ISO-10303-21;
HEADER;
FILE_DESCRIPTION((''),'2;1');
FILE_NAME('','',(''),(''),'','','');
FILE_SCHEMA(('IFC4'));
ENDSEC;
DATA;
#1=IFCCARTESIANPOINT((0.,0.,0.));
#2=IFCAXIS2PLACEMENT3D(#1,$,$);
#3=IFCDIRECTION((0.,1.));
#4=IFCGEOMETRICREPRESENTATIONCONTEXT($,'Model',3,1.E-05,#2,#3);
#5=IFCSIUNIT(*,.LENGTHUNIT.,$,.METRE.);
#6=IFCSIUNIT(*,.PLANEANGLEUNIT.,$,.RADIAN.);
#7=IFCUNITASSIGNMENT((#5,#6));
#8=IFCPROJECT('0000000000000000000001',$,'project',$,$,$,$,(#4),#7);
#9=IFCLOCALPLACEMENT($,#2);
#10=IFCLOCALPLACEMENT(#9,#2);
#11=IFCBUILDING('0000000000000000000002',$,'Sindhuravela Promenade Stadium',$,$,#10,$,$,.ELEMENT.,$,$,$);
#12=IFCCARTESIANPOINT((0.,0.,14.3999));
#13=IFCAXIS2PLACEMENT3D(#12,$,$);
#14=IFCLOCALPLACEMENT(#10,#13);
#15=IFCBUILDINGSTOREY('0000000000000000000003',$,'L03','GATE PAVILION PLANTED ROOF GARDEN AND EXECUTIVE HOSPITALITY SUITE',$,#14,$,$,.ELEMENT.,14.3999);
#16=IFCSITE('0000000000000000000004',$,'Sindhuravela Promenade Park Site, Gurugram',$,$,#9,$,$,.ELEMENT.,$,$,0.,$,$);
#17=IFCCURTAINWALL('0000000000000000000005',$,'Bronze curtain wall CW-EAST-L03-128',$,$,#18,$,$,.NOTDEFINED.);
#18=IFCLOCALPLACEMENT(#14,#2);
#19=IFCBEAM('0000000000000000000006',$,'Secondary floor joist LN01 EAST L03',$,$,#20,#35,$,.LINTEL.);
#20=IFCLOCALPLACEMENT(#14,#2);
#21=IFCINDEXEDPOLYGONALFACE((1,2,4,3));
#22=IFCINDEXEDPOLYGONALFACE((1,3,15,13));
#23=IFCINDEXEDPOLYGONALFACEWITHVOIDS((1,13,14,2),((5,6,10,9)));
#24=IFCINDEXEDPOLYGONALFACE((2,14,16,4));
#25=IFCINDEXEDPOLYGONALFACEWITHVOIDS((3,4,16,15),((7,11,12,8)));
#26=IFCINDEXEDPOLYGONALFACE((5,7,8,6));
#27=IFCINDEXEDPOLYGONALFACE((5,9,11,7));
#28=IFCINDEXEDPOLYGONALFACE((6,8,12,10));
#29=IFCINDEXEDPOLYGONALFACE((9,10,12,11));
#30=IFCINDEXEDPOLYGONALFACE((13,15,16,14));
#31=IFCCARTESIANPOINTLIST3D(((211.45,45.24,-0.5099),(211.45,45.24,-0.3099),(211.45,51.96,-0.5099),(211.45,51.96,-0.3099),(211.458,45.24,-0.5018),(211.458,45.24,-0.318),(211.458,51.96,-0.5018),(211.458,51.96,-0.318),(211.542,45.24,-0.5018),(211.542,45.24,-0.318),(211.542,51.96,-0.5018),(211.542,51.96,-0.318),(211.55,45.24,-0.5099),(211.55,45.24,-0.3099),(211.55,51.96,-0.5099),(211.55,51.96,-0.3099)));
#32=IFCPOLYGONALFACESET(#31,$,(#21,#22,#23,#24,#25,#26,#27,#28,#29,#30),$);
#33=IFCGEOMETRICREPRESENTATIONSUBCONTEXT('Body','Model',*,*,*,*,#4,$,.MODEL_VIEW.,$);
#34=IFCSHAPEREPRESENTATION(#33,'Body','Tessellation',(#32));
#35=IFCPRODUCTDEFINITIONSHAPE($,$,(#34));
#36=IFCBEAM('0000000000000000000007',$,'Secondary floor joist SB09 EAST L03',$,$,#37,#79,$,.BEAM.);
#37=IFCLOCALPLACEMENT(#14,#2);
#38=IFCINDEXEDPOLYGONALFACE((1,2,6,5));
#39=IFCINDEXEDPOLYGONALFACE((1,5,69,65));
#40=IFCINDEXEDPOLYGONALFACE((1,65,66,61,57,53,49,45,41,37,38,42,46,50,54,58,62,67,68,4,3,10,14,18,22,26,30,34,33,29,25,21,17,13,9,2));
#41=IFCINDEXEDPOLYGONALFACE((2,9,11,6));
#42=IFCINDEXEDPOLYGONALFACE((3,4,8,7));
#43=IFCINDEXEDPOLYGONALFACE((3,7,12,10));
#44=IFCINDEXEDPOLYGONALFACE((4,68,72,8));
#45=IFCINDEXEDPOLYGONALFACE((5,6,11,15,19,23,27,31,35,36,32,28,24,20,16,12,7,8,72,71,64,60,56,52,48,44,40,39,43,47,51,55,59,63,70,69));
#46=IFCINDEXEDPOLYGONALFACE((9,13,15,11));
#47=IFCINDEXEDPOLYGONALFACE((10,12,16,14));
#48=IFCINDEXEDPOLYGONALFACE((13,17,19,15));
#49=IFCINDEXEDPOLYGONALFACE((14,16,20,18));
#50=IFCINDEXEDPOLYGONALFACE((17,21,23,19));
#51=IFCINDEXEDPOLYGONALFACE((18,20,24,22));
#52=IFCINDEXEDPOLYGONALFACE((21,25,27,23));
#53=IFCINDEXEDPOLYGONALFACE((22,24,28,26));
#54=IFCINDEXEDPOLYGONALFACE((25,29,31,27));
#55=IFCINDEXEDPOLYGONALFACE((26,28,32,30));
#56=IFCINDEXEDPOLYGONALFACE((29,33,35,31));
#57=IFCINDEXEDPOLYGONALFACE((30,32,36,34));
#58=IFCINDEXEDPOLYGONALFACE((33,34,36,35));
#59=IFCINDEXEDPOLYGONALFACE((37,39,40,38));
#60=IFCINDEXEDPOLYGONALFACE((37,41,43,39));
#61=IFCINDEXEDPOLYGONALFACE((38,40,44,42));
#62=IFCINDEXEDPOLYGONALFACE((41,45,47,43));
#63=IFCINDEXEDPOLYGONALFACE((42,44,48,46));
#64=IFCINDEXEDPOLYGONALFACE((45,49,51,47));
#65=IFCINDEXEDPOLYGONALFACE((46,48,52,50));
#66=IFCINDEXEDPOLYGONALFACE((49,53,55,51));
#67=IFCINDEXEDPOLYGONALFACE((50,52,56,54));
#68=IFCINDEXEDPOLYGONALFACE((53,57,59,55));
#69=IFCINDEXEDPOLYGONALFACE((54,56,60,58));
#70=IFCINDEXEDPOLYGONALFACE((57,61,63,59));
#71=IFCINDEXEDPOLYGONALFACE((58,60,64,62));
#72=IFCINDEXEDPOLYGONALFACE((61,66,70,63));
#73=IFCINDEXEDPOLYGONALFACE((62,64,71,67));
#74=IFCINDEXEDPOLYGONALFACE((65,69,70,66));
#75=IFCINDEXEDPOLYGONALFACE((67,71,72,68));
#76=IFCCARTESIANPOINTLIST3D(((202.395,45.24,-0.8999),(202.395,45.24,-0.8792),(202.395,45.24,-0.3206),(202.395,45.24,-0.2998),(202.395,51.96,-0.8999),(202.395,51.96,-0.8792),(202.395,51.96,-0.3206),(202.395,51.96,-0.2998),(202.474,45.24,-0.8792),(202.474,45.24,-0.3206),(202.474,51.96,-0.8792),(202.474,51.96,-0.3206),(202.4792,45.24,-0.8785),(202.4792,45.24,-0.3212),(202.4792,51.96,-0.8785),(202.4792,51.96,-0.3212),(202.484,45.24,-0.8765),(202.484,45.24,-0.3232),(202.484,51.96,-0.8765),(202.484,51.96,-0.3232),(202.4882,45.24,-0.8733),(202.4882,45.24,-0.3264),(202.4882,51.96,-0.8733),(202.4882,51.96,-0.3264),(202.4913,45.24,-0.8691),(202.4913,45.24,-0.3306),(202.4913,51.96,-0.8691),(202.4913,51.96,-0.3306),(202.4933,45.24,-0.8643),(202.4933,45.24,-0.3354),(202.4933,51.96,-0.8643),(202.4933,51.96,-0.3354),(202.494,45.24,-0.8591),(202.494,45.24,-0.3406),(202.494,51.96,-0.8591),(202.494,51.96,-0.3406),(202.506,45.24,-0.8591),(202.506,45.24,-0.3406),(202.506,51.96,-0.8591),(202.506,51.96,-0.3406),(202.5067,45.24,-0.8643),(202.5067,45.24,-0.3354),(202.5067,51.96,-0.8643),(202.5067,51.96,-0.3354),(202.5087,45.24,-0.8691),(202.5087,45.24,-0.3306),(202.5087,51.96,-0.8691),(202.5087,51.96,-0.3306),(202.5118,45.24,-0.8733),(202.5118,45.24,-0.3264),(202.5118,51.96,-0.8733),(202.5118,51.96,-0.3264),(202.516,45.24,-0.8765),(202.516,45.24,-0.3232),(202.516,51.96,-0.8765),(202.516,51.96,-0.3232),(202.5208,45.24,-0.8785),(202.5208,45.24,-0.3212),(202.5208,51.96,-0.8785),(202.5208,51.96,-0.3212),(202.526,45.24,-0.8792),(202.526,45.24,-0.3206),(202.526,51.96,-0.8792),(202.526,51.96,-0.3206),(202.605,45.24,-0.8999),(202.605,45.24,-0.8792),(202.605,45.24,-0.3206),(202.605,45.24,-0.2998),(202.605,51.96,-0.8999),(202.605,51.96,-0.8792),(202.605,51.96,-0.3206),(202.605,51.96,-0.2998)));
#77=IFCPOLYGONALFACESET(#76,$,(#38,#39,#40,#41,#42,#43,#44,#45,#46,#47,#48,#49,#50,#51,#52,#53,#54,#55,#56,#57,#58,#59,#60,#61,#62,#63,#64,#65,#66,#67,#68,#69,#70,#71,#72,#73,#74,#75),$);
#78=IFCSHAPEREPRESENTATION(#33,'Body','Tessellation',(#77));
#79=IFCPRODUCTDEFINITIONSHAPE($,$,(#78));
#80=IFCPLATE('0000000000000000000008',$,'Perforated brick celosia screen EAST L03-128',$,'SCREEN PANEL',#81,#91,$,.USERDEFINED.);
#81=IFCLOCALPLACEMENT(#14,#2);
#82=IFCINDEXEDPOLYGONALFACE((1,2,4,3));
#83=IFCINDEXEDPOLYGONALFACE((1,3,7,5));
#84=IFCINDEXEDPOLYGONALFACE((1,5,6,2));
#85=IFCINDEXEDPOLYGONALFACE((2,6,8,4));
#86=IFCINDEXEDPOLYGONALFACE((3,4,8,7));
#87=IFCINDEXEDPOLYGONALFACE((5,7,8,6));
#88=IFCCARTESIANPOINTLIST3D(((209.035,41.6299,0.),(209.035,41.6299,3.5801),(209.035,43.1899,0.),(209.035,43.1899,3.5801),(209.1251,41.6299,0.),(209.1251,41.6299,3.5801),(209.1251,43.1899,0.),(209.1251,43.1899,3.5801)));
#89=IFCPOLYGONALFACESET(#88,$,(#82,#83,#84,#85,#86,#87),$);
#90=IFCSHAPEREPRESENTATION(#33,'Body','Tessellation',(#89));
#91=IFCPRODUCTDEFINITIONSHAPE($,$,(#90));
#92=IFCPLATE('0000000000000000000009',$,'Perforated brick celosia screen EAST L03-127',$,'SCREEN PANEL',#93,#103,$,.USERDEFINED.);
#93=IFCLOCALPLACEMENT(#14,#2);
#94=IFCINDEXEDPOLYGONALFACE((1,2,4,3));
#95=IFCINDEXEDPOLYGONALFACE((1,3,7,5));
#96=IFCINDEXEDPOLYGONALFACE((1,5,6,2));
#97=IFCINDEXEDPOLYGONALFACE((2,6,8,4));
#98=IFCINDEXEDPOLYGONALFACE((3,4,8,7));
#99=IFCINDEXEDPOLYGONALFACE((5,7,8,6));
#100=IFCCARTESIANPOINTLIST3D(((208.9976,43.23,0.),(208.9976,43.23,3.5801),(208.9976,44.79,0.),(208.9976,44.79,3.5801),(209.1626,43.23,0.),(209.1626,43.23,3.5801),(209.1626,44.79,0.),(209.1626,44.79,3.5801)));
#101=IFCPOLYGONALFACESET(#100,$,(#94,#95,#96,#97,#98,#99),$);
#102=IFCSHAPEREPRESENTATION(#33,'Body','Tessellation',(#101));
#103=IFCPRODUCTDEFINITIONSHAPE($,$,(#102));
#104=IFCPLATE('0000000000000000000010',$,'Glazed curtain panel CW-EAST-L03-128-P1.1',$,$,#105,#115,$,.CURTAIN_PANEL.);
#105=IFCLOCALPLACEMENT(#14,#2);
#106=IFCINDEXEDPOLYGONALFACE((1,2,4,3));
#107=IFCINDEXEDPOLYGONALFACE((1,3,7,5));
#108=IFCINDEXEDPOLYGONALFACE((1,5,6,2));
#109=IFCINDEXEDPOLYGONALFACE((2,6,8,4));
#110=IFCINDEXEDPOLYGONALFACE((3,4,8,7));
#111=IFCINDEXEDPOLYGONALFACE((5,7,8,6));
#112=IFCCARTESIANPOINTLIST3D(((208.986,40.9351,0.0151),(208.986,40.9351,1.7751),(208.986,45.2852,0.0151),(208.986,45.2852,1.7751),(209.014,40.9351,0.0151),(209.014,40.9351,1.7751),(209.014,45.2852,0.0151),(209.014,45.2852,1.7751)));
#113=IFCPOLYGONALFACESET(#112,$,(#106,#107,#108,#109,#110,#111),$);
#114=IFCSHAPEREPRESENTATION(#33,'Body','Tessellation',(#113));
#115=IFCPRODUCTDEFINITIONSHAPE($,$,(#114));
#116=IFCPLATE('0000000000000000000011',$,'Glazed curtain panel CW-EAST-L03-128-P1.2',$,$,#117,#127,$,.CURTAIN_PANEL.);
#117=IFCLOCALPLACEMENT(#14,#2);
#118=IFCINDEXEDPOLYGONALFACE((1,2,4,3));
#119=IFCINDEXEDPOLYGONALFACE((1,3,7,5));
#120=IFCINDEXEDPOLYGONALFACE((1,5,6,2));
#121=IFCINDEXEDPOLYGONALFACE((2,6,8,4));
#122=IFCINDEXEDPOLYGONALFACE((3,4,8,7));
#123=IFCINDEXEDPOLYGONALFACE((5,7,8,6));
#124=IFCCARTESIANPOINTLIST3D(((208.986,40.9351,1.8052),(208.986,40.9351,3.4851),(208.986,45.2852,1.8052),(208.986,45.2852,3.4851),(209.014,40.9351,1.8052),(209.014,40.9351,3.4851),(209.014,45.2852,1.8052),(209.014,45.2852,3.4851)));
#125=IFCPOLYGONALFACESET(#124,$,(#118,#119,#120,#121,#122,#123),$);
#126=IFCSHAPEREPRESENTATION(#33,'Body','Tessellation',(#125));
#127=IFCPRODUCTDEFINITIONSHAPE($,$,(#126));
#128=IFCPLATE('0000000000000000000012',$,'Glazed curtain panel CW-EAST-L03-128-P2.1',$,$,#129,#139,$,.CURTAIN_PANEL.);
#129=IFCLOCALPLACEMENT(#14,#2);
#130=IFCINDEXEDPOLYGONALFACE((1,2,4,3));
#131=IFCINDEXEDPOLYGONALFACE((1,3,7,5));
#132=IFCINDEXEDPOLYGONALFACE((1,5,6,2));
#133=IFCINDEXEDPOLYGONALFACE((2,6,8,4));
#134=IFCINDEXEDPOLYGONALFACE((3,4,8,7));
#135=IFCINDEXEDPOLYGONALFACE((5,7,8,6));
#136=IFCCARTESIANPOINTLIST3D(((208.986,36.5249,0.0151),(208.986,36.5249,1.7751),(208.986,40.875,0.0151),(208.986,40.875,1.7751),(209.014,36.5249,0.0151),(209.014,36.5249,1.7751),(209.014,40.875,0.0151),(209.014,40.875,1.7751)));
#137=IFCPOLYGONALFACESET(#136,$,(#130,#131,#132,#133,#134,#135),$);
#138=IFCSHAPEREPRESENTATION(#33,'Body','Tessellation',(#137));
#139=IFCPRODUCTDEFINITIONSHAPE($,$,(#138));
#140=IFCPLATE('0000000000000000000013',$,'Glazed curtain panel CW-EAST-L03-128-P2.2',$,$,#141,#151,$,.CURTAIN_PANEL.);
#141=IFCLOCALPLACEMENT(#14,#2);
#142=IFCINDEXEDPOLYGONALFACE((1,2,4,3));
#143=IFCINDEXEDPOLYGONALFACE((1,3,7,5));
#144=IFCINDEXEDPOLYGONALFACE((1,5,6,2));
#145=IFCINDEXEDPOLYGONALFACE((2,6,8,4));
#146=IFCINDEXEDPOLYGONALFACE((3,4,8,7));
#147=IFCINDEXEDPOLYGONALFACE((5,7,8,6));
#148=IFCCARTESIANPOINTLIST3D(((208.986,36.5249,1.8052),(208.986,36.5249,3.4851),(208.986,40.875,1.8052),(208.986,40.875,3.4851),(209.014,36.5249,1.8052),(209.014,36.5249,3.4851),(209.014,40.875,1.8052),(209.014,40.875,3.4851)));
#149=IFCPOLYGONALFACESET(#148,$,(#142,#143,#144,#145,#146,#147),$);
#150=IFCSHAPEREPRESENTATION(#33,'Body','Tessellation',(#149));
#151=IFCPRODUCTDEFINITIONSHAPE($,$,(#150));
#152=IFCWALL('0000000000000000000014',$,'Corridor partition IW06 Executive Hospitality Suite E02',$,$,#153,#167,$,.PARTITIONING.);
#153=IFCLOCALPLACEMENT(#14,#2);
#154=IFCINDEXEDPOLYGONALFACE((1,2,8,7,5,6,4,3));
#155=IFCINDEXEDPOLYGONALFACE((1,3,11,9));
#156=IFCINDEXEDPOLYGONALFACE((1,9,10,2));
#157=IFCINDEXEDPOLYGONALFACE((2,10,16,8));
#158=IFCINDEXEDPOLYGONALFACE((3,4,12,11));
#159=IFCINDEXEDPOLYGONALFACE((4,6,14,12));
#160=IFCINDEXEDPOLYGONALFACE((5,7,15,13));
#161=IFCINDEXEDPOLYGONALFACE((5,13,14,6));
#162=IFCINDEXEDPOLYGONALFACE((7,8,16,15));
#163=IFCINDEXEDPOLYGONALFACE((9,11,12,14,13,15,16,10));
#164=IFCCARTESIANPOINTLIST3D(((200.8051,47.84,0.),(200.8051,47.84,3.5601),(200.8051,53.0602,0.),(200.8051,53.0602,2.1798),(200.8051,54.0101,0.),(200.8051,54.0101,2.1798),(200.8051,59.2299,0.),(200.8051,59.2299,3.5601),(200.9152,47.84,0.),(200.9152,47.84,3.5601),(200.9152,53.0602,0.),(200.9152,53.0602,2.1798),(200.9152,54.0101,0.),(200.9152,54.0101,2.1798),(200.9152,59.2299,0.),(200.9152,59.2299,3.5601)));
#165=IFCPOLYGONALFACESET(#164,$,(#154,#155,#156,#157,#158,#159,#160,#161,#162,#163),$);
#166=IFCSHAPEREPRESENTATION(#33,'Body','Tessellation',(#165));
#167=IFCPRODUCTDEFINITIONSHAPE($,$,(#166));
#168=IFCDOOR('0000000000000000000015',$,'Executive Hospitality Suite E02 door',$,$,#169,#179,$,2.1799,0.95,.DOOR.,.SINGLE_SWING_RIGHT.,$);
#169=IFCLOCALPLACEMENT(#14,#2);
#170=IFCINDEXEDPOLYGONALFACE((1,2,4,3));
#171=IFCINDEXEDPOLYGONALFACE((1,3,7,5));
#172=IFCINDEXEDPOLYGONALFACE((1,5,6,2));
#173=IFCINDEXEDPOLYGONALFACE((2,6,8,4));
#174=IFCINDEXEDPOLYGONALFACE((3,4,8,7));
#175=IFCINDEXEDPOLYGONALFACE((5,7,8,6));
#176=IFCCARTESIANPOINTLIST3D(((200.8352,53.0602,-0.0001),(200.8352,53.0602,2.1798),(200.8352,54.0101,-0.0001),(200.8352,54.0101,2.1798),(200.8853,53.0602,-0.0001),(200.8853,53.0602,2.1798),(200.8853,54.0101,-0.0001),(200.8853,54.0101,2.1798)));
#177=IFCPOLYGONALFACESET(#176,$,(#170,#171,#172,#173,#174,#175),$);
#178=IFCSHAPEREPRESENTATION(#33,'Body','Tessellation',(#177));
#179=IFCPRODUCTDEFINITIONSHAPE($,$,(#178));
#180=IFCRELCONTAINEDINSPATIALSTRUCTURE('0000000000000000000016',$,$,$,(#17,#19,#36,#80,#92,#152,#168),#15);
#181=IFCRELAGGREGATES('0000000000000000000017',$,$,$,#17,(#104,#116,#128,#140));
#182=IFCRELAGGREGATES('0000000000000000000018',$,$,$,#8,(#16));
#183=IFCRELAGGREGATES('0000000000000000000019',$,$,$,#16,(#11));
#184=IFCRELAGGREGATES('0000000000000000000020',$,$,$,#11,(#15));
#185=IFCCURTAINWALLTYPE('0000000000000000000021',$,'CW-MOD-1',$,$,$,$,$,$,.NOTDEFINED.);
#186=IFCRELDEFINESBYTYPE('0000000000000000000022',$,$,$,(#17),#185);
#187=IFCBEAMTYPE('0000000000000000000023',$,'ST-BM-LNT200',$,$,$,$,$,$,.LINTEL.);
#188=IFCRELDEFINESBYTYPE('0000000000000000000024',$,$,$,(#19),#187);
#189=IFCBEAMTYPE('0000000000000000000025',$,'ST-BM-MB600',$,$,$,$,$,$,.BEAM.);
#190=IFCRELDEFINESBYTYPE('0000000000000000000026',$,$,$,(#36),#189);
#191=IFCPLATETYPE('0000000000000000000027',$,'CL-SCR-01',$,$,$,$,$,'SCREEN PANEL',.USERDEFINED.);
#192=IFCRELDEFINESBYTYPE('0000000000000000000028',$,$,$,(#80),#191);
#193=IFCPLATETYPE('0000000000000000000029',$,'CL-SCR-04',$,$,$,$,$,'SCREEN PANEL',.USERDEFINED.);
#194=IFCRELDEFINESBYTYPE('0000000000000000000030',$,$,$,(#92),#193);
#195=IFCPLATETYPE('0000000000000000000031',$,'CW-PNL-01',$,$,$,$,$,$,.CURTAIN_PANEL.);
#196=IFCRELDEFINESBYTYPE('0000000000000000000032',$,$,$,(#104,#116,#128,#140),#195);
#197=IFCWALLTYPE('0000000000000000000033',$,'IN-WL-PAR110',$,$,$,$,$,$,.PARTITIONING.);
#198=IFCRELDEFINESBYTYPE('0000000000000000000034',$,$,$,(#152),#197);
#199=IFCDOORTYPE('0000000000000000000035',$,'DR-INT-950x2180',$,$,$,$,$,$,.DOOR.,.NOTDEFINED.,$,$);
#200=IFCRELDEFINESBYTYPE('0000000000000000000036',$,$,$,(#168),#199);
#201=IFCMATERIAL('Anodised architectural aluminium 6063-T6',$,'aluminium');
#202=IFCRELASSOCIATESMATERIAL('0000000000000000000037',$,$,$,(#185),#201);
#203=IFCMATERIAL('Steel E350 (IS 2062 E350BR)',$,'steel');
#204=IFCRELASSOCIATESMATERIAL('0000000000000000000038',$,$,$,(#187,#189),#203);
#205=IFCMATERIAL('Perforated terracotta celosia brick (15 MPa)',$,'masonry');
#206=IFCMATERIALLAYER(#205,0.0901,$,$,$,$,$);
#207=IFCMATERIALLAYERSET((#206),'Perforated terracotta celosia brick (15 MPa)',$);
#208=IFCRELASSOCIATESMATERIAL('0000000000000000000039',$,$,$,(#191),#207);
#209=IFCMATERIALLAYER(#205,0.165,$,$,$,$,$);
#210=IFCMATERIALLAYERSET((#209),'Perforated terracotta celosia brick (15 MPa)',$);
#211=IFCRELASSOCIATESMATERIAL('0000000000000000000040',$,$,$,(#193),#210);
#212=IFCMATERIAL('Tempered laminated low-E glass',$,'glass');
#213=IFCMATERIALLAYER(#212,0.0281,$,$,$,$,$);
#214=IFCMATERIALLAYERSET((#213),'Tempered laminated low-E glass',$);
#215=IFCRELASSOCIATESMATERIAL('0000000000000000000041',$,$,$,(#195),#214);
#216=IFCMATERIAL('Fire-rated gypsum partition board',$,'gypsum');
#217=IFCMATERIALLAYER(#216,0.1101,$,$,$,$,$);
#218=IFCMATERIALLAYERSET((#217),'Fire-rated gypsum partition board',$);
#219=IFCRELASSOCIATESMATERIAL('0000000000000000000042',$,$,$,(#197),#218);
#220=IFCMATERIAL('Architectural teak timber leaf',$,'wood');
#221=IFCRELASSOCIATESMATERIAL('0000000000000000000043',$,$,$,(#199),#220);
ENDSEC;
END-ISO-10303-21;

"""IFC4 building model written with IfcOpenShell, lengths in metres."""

from ifc_helpers import new_model, si_unit, direction, frame, frame_2d, origin, origin_2d, place, context, subcontext, project, spatial, rectangle, hollow_rectangle, i_section, extrude, material, layer, layer_set, material_profile, profile_set, type_object, element, fill, aggregate, save


model = new_model("IFC4")

# Units and contexts
model_context = context("Model", 3, precision=1e-05, world=origin(), true_north=direction((0.0, 1.0)))
body_context = subcontext(model_context, "Body", "Model", "MODEL_VIEW")
ifc_project = project(units=[si_unit("LENGTHUNIT", "METRE"), si_unit("PLANEANGLEUNIT", "RADIAN")], contexts=[model_context])

# Site, building, storey
site_placement = place(None, origin())
site = spatial("IfcSite", under=ifc_project, at=site_placement, Name="Sindhuravela Promenade Park Site, Gurugram", CompositionType="ELEMENT", RefElevation=0.0)
building_placement = place(site_placement, origin())
building = spatial("IfcBuilding", under=site, at=building_placement, Name="Sindhuravela Promenade Stadium", CompositionType="ELEMENT")
storey_placement = place(building_placement, frame((0.0, 0.0, 14.3999)))
storey = spatial("IfcBuildingStorey", under=building, at=storey_placement, Name="L03", Description="GATE PAVILION PLANTED ROOF GARDEN AND EXECUTIVE HOSPITALITY SUITE", CompositionType="ELEMENT", Elevation=14.3999)

# Curtain wall
ifc_material_1 = material(Name="Anodised architectural aluminium 6063-T6", Category="aluminium")
curtain_wall_type = type_object("IfcCurtainWallType", Name="CW-MOD-1", PredefinedType="NOTDEFINED", material=ifc_material_1)
curtain_wall_placement = place(storey_placement, origin())
curtain_wall = element("IfcCurtainWall", 1, at=curtain_wall_placement, inside=storey, type_object=curtain_wall_type, Name="Bronze curtain wall CW-EAST-L03-128", PredefinedType="NOTDEFINED")

# Beams
ifc_material_2 = material(Name="Steel E350 (IS 2062 E350BR)", Category="steel")
ifc_material_profile_1 = material_profile(ifc_material_2, hollow_rectangle(XDim=0.1001, YDim=0.2, WallThickness=0.0081, at=origin_2d()), Name="RHS 200x100x8")
ifc_profile_set_1 = profile_set([ifc_material_profile_1], Name="Steel E350 (IS 2062 E350BR)")
beam_type_1 = type_object("IfcBeamType", Name="ST-BM-LNT200", PredefinedType="LINTEL", material=ifc_profile_set_1)
beam_1_placement = place(storey_placement, frame((211.5, 45.24, -0.4099), z_axis=(0.0, 1.0, 0.0), x_axis=(-1.0, 0.0, 0.0)))
element("IfcBeam", 2, at=beam_1_placement, inside=storey, type_object=beam_type_1, Name="Secondary floor joist LN01 EAST L03", PredefinedType="LINTEL", context=body_context, shape_type="SweptSolid", body=[
    extrude(hollow_rectangle(XDim=0.1001, YDim=0.2, WallThickness=0.0081, at=origin_2d()), origin(), (0.0, 0.0, 1.0), 6.72),
])
ifc_material_profile_2 = material_profile(ifc_material_2, i_section(OverallWidth=0.21, OverallDepth=0.6001, WebThickness=0.012, FlangeThickness=0.0208, FilletRadius=0.02, at=origin_2d()), Name="ISMB 600")
ifc_profile_set_2 = profile_set([ifc_material_profile_2], Name="Steel E350 (IS 2062 E350BR)")
beam_type_2 = type_object("IfcBeamType", Name="ST-BM-MB600", PredefinedType="BEAM", material=ifc_profile_set_2)
beam_2_placement = place(storey_placement, frame((202.5, 45.24, -0.5999), z_axis=(0.0, 1.0, 0.0), x_axis=(-1.0, 0.0, 0.0)))
element("IfcBeam", 3, at=beam_2_placement, inside=storey, type_object=beam_type_2, Name="Secondary floor joist SB09 EAST L03", PredefinedType="BEAM", context=body_context, shape_type="SweptSolid", body=[
    extrude(i_section(OverallWidth=0.21, OverallDepth=0.6001, WebThickness=0.012, FlangeThickness=0.0208, FilletRadius=0.02, at=origin_2d()), origin(), (0.0, 0.0, 1.0), 6.72),
])

# Plates
ifc_material_3 = material(Name="Perforated terracotta celosia brick (15 MPa)", Category="masonry")
ifc_layer_1 = layer(ifc_material_3, 0.0901)
ifc_layer_set_1 = layer_set([ifc_layer_1], Name="Perforated terracotta celosia brick (15 MPa)")
plate_type_1 = type_object("IfcPlateType", Name="CL-SCR-01", ElementType="SCREEN PANEL", PredefinedType="USERDEFINED", material=ifc_layer_set_1)
plate_1_placement = place(storey_placement, frame((209.0801, 42.4099, 0.0), z_axis=(0.0, 0.0, 1.0), x_axis=(0.0, -1.0, 0.0)))
element("IfcPlate", 4, at=plate_1_placement, inside=storey, type_object=plate_type_1, Name="Perforated brick celosia screen EAST L03-128", ObjectType="SCREEN PANEL", PredefinedType="USERDEFINED", context=body_context, shape_type="SweptSolid", body=[
    extrude(rectangle(XDim=1.5601, YDim=0.0901, at=origin_2d()), origin(), (0.0, 0.0, 1.0), 3.5801),
])
ifc_layer_2 = layer(ifc_material_3, 0.165)
ifc_layer_set_2 = layer_set([ifc_layer_2], Name="Perforated terracotta celosia brick (15 MPa)")
plate_type_2 = type_object("IfcPlateType", Name="CL-SCR-04", ElementType="SCREEN PANEL", PredefinedType="USERDEFINED", material=ifc_layer_set_2)
plate_2_placement = place(storey_placement, frame((209.0801, 44.01, 0.0), z_axis=(0.0, 0.0, 1.0), x_axis=(0.0, -1.0, 0.0)))
element("IfcPlate", 5, at=plate_2_placement, inside=storey, type_object=plate_type_2, Name="Perforated brick celosia screen EAST L03-127", ObjectType="SCREEN PANEL", PredefinedType="USERDEFINED", context=body_context, shape_type="SweptSolid", body=[
    extrude(rectangle(XDim=1.5601, YDim=0.165, at=origin_2d()), origin(), (0.0, 0.0, 1.0), 3.5801),
])

# Plates
ifc_material_4 = material(Name="Tempered laminated low-E glass", Category="glass")
ifc_layer_3 = layer(ifc_material_4, 0.0281)
ifc_layer_set_3 = layer_set([ifc_layer_3], Name="Tempered laminated low-E glass")
plate_type_3 = type_object("IfcPlateType", Name="CW-PNL-01", PredefinedType="CURTAIN_PANEL", material=ifc_layer_set_3)
plate_3_placement = place(storey_placement, frame((209.0, 43.1101, 0.0151), z_axis=(0.0, 0.0, 1.0), x_axis=(0.0, -1.0, 0.0)))
plate_3 = element("IfcPlate", 6, at=plate_3_placement, type_object=plate_type_3, Name="Glazed curtain panel CW-EAST-L03-128-P1.1", PredefinedType="CURTAIN_PANEL", context=body_context, shape_type="SweptSolid", body=[
    extrude(rectangle(XDim=4.3501, YDim=0.0281, at=origin_2d()), origin(), (0.0, 0.0, 1.0), 1.76),
])
plate_4_placement = place(storey_placement, frame((209.0, 43.1101, 1.8052), z_axis=(0.0, 0.0, 1.0), x_axis=(0.0, -1.0, 0.0)))
plate_4 = element("IfcPlate", 7, at=plate_4_placement, type_object=plate_type_3, Name="Glazed curtain panel CW-EAST-L03-128-P1.2", PredefinedType="CURTAIN_PANEL", context=body_context, shape_type="SweptSolid", body=[
    extrude(rectangle(XDim=4.3501, YDim=0.0281, at=origin_2d()), origin(), (0.0, 0.0, 1.0), 1.6799),
])
plate_5_placement = place(storey_placement, frame((209.0, 38.7, 0.0151), z_axis=(0.0, 0.0, 1.0), x_axis=(0.0, -1.0, 0.0)))
plate_5 = element("IfcPlate", 8, at=plate_5_placement, type_object=plate_type_3, Name="Glazed curtain panel CW-EAST-L03-128-P2.1", PredefinedType="CURTAIN_PANEL", context=body_context, shape_type="SweptSolid", body=[
    extrude(rectangle(XDim=4.3501, YDim=0.0281, at=origin_2d()), origin(), (0.0, 0.0, 1.0), 1.76),
])
plate_6_placement = place(storey_placement, frame((209.0, 38.7, 1.8052), z_axis=(0.0, 0.0, 1.0), x_axis=(0.0, -1.0, 0.0)))
plate_6 = element("IfcPlate", 9, at=plate_6_placement, type_object=plate_type_3, Name="Glazed curtain panel CW-EAST-L03-128-P2.2", PredefinedType="CURTAIN_PANEL", context=body_context, shape_type="SweptSolid", body=[
    extrude(rectangle(XDim=4.3501, YDim=0.0281, at=origin_2d()), origin(), (0.0, 0.0, 1.0), 1.6799),
])
aggregate(curtain_wall, [plate_3, plate_4, plate_5, plate_6])

# Wall, opening, door
ifc_material_5 = material(Name="Fire-rated gypsum partition board", Category="gypsum")
ifc_layer_4 = layer(ifc_material_5, 0.1101)
ifc_layer_set_4 = layer_set([ifc_layer_4], Name="Fire-rated gypsum partition board")
wall_type_1 = type_object("IfcWallType", Name="IN-WL-PAR110", PredefinedType="PARTITIONING", material=ifc_layer_set_4)
wall_1_placement = place(storey_placement, frame((200.8601, 47.8401, 0.0), z_axis=(0.0, 0.0, 1.0), x_axis=(0.0, 1.0, 0.0)))
wall_1 = element("IfcWall", 10, at=wall_1_placement, inside=storey, type_object=wall_type_1, Name="Corridor partition IW06 Executive Hospitality Suite E02", PredefinedType="PARTITIONING", context=body_context, shape_type="SweptSolid", body=[
    extrude(rectangle(XDim=11.3899, YDim=0.1101, at=frame_2d((5.6948, 0.0))), origin(), (0.0, 0.0, 1.0), 3.5601),
])
opening_1_placement = place(wall_1_placement, frame((5.22, 0.0, 0.0)))
opening_1 = element("IfcOpeningElement", 11, at=opening_1_placement, cuts=wall_1, PredefinedType="OPENING", context=body_context, shape_type="SweptSolid", body=[
    extrude(rectangle(XDim=0.95, YDim=2.1799, at=frame_2d((0.4751, 1.0898))), frame((0.0, 0.0649, 0.0), z_axis=(0.0, -1.0, 0.0), x_axis=(1.0, 0.0, 0.0)), (0.0, 0.0, 1.0), 0.1301),
])
ifc_material_6 = material(Name="Architectural teak timber leaf", Category="wood")
door_type_1 = type_object("IfcDoorType", Name="DR-INT-950x2180", OperationType="NOTDEFINED", PredefinedType="DOOR", material=ifc_material_6)
door_1_placement = place(opening_1_placement, origin())
door_1 = element("IfcDoor", 12, at=door_1_placement, inside=storey, type_object=door_type_1, Name="Executive Hospitality Suite E02 door", OperationType="SINGLE_SWING_RIGHT", OverallHeight=2.1799, OverallWidth=0.95, PredefinedType="DOOR", context=body_context, shape_type="SweptSolid", body=[
    extrude(rectangle(XDim=0.95, YDim=2.1799, at=frame_2d((0.4751, 1.0898))), frame((0.0, 0.0249, 0.0), z_axis=(0.0, -1.0, 0.0), x_axis=(1.0, 0.0, 0.0)), (0.0, 0.0, 1.0), 0.05),
])
fill(opening_1, door_1)

save(model, "model.ifc")
